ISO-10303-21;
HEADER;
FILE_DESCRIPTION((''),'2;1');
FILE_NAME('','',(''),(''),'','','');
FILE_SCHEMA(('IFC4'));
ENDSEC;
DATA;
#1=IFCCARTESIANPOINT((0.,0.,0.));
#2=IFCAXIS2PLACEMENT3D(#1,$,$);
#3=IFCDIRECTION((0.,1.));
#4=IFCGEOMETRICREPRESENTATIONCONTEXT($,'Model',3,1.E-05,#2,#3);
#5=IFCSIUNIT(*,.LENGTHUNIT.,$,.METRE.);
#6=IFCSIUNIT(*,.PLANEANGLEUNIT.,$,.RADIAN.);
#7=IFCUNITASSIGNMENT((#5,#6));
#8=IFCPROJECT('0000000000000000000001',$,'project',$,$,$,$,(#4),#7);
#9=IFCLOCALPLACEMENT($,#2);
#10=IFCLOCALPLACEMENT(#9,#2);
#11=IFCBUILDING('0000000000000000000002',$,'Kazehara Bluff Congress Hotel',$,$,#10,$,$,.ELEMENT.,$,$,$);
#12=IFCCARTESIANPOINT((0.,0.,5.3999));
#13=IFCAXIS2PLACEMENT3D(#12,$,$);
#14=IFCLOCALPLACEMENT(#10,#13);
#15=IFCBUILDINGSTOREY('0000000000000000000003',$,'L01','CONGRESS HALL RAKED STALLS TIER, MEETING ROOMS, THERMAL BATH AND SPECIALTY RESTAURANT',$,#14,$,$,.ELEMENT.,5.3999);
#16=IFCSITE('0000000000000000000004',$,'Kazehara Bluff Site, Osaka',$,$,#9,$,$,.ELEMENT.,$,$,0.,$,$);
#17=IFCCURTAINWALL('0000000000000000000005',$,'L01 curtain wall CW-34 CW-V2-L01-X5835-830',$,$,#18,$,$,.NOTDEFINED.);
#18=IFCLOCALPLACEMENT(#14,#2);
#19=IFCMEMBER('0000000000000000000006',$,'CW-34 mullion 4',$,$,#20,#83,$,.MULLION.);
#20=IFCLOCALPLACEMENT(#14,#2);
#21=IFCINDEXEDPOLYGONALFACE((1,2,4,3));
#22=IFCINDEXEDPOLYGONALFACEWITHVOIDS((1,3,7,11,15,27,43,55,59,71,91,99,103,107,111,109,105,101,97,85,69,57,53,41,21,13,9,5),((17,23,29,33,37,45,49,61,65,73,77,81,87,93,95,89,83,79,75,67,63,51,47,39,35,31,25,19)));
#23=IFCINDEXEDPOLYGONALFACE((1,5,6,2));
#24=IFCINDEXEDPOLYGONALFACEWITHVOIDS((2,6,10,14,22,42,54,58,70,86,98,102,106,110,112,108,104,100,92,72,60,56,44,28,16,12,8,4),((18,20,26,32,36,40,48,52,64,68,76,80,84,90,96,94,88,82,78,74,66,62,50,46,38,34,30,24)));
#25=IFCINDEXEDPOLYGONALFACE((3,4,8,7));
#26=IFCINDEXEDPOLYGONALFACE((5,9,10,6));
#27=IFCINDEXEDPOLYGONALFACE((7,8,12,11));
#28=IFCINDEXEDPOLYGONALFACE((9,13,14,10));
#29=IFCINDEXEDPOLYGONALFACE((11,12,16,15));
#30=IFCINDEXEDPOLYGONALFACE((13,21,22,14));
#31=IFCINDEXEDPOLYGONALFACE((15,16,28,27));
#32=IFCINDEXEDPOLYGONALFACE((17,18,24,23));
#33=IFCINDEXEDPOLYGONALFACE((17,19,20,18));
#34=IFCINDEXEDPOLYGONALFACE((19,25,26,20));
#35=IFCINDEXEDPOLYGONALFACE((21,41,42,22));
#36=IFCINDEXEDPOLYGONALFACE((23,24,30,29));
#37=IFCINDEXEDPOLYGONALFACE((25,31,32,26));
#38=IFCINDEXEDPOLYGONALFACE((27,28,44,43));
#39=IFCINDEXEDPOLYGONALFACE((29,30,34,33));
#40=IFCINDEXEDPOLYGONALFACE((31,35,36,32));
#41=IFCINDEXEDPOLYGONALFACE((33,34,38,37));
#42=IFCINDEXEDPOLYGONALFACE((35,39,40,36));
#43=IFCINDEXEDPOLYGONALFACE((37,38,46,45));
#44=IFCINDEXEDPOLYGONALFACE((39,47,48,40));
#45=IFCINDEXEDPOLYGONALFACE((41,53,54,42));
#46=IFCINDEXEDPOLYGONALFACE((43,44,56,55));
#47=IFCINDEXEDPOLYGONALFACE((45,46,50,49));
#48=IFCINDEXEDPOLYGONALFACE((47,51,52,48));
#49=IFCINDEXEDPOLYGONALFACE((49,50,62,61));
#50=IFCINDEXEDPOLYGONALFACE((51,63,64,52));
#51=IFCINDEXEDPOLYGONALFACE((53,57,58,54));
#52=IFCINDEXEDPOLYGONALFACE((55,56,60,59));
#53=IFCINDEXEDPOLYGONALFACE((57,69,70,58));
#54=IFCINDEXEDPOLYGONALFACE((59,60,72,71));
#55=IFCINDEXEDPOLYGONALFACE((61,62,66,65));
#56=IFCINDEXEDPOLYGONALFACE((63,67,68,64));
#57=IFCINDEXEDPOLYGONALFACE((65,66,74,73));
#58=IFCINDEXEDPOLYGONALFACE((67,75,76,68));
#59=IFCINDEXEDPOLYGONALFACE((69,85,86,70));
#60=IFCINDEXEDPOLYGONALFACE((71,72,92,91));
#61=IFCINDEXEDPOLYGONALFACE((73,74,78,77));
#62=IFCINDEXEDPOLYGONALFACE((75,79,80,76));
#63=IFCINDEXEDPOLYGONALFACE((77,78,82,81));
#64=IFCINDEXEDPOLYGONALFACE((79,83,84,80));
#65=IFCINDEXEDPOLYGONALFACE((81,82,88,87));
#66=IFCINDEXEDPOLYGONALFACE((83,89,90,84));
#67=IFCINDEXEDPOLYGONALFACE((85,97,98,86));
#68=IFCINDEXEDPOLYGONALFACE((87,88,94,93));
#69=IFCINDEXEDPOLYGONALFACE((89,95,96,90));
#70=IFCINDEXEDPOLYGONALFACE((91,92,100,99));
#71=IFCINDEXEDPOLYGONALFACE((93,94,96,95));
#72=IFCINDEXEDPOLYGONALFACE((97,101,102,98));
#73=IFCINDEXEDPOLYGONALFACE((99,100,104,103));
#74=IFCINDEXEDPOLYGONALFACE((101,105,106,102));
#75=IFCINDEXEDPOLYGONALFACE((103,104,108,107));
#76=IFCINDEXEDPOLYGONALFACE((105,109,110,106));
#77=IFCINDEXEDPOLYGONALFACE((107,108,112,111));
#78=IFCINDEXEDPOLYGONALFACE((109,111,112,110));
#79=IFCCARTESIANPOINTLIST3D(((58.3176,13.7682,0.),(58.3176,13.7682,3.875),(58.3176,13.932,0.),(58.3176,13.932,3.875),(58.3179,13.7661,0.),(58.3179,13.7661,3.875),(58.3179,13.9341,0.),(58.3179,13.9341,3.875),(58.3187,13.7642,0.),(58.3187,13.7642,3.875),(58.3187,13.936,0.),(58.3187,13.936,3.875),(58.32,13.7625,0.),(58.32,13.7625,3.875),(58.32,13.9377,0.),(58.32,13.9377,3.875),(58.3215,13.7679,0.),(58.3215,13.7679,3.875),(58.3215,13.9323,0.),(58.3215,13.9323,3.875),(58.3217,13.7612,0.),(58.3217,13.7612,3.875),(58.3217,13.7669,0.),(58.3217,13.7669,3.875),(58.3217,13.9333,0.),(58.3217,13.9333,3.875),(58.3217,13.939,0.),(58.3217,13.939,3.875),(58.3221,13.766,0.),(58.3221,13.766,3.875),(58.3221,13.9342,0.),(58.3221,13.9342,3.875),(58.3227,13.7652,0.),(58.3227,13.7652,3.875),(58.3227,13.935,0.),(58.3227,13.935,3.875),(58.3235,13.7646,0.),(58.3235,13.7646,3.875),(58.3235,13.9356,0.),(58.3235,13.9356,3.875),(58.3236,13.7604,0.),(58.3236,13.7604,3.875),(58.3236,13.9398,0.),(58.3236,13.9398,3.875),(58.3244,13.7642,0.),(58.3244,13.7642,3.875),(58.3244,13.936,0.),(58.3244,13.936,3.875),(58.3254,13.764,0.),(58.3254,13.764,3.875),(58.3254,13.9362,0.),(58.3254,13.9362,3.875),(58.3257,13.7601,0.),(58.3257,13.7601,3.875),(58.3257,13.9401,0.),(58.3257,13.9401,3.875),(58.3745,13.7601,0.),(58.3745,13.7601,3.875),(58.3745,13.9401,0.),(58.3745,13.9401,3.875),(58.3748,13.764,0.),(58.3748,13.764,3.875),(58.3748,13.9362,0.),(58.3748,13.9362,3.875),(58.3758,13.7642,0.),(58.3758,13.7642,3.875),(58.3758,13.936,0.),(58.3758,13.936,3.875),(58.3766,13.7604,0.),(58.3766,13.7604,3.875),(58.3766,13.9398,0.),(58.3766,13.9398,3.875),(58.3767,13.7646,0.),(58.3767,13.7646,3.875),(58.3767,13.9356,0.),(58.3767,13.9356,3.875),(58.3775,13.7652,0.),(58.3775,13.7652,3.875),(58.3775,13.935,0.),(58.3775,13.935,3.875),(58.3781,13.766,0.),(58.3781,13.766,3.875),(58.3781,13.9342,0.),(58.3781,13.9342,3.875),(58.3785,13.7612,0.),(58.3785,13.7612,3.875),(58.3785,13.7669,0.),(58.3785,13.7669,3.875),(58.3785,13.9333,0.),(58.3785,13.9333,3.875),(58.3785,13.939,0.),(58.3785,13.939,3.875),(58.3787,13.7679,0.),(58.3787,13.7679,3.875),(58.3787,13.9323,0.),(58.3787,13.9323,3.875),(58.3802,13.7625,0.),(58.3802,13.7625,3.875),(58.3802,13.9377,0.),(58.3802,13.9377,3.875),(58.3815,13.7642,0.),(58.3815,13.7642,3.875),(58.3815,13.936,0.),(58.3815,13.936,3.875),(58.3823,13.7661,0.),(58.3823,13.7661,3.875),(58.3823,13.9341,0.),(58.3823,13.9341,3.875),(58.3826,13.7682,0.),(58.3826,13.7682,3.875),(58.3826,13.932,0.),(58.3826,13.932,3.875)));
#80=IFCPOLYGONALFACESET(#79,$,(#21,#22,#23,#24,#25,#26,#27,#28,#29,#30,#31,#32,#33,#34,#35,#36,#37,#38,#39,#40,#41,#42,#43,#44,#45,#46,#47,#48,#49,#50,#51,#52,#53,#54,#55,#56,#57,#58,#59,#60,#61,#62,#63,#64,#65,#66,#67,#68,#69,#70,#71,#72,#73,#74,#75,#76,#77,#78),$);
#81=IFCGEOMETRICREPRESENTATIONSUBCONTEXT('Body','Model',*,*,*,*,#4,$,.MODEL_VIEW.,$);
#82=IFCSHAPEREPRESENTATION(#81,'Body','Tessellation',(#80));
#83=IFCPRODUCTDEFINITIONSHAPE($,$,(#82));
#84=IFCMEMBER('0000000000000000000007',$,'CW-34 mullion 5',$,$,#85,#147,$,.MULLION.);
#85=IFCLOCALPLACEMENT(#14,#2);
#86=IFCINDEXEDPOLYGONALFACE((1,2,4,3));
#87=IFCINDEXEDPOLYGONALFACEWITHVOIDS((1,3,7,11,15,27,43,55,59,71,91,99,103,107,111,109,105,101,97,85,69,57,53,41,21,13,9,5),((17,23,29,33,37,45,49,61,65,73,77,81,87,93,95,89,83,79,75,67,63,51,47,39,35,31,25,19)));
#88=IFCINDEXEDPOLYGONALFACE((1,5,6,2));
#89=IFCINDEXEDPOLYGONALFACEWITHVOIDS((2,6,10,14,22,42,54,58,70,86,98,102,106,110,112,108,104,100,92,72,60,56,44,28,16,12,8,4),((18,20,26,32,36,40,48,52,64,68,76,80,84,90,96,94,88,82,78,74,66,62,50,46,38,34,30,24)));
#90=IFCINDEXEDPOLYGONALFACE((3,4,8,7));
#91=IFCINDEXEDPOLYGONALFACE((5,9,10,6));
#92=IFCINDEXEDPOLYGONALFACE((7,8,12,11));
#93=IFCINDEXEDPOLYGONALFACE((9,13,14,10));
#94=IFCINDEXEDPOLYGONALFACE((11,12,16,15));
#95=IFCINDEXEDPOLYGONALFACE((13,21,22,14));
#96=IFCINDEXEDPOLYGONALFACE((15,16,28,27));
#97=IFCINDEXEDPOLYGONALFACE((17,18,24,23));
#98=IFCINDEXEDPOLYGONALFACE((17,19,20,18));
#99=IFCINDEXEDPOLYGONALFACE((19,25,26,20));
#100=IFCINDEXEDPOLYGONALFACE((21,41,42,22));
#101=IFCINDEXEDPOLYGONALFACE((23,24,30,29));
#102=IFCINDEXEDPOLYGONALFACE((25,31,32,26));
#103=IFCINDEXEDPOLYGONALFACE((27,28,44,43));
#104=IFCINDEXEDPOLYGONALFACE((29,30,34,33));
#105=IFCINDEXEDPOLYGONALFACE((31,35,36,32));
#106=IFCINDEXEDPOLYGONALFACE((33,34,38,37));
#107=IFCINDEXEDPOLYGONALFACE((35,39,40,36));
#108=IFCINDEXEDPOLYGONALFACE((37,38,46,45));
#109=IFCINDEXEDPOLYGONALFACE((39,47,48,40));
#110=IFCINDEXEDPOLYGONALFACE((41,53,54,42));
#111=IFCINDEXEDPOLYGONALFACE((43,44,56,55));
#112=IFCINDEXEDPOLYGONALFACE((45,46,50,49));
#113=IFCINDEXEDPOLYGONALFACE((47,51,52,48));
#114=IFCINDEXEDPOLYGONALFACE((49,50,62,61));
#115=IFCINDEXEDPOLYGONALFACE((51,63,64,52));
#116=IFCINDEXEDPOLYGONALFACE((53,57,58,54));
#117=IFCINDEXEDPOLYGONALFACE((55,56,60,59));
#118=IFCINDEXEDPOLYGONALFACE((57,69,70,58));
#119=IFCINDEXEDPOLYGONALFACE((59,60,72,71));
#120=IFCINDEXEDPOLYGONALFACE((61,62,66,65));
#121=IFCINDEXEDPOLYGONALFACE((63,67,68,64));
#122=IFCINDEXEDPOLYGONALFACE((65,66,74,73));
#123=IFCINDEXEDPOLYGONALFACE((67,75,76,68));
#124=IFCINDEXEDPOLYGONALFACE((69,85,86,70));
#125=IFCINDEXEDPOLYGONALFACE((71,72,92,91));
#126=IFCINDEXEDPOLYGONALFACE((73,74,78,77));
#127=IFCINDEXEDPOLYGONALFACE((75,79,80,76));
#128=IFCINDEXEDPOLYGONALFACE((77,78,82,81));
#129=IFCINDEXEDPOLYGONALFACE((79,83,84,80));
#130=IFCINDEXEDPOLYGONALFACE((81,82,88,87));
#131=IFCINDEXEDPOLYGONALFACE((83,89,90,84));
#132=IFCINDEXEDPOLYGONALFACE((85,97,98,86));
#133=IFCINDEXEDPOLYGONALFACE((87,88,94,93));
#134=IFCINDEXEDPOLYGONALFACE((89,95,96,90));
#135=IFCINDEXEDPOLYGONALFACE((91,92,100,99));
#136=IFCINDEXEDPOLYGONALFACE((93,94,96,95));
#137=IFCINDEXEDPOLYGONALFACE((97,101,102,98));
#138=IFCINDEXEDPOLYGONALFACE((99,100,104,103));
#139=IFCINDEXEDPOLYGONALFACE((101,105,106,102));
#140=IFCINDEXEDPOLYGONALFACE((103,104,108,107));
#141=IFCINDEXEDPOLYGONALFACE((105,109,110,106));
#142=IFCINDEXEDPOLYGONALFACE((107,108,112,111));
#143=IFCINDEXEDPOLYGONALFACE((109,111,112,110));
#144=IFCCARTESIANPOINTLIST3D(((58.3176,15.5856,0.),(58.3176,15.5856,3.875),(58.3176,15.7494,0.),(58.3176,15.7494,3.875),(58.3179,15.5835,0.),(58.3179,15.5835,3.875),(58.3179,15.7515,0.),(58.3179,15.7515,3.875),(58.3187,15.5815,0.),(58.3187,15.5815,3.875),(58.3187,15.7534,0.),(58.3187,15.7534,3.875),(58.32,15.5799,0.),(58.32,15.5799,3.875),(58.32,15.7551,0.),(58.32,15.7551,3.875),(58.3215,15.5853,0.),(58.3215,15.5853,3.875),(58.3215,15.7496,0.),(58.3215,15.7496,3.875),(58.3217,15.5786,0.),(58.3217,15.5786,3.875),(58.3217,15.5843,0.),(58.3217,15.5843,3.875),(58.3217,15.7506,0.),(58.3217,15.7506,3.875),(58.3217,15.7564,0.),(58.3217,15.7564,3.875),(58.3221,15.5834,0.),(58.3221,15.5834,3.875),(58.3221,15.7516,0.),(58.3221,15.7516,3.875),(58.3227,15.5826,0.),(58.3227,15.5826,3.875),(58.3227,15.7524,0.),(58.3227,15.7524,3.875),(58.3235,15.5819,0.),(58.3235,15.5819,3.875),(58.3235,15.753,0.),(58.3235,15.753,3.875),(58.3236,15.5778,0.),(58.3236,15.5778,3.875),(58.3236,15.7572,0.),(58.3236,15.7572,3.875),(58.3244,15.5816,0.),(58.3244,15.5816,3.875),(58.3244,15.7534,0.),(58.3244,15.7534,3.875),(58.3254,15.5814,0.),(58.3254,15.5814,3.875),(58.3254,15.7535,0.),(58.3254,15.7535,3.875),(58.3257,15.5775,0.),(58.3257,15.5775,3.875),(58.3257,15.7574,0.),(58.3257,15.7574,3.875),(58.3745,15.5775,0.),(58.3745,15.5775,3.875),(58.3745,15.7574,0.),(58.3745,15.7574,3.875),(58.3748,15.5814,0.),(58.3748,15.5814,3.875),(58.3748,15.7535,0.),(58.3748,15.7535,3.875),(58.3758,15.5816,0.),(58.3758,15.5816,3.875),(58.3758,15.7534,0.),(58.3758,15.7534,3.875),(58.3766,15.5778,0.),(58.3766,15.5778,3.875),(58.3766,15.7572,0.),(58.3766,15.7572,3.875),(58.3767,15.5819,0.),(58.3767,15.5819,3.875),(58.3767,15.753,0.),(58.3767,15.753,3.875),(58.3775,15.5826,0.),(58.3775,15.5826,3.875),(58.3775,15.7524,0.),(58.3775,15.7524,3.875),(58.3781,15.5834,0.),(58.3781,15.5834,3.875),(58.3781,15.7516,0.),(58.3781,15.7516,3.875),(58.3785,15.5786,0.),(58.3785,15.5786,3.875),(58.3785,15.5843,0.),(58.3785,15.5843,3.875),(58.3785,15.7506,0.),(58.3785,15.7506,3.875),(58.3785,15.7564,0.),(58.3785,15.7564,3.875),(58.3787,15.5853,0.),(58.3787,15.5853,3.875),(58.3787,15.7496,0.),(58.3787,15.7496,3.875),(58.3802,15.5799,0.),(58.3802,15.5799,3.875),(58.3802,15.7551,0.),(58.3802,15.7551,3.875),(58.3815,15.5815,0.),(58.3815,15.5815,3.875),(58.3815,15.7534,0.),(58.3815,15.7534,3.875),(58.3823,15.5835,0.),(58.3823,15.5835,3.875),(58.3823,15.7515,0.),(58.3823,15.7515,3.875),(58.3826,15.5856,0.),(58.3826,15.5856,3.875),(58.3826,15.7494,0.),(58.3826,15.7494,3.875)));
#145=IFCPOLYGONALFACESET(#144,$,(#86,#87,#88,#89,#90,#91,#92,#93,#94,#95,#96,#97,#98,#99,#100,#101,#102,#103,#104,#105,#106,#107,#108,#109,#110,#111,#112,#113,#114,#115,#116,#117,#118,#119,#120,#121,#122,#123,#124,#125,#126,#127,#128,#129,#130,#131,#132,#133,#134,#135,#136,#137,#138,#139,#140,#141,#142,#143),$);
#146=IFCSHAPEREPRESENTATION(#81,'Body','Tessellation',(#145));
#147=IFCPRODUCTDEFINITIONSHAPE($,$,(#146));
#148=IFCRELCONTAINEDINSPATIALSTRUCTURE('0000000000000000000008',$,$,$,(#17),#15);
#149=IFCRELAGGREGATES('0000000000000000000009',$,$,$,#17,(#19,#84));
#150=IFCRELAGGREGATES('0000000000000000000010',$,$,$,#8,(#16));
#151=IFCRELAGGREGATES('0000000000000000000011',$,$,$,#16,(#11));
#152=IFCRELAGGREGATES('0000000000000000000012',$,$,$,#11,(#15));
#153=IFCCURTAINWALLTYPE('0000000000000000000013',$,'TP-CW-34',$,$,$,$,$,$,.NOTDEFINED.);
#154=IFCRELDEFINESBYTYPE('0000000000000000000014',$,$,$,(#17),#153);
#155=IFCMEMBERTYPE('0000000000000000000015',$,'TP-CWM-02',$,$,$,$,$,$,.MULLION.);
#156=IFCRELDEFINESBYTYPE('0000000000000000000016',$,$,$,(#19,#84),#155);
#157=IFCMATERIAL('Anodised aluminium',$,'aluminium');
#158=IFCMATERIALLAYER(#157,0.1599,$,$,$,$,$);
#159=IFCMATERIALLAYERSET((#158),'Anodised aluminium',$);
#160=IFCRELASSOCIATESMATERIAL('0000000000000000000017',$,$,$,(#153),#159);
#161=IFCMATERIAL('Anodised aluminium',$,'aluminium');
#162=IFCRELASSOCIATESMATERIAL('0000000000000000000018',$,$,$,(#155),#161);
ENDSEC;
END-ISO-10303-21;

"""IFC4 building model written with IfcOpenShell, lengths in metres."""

from ifc_helpers import new_model, si_unit, direction, frame, origin, origin_2d, place, context, subcontext, project, spatial, hollow_rectangle, extrude, material, layer, layer_set, material_profile, profile_set, type_object, element, aggregate, save


model = new_model("IFC4")

# Units and contexts
model_context = context("Model", 3, precision=1e-05, world=origin(), true_north=direction((0.0, 1.0)))
body_context = subcontext(model_context, "Body", "Model", "MODEL_VIEW")
ifc_project = project(units=[si_unit("LENGTHUNIT", "METRE"), si_unit("PLANEANGLEUNIT", "RADIAN")], contexts=[model_context])

# Site, building, storey
site_placement = place(None, origin())
site = spatial("IfcSite", under=ifc_project, at=site_placement, Name="Kazehara Bluff Site, Osaka", CompositionType="ELEMENT", RefElevation=0.0)
building_placement = place(site_placement, origin())
building = spatial("IfcBuilding", under=site, at=building_placement, Name="Kazehara Bluff Congress Hotel", CompositionType="ELEMENT")
storey_placement = place(building_placement, frame((0.0, 0.0, 5.3999)))
storey = spatial("IfcBuildingStorey", under=building, at=storey_placement, Name="L01", Description="CONGRESS HALL RAKED STALLS TIER, MEETING ROOMS, THERMAL BATH AND SPECIALTY RESTAURANT", CompositionType="ELEMENT", Elevation=5.3999)

# Curtain wall, members
ifc_material_1 = material(Name="Anodised aluminium", Category="aluminium")
ifc_layer_1 = layer(ifc_material_1, 0.1599)
ifc_layer_set_1 = layer_set([ifc_layer_1], Name="Anodised aluminium")
curtain_wall_type = type_object("IfcCurtainWallType", Name="TP-CW-34", PredefinedType="NOTDEFINED", material=ifc_layer_set_1)
curtain_wall_1_placement = place(storey_placement, origin())
curtain_wall_1 = element("IfcCurtainWall", 1, at=curtain_wall_1_placement, inside=storey, type_object=curtain_wall_type, Name="L01 curtain wall CW-34 CW-V2-L01-X5835-830", PredefinedType="NOTDEFINED")
ifc_material_2 = material(Name="Anodised aluminium", Category="aluminium")
ifc_material_profile_1 = material_profile(ifc_material_2, hollow_rectangle(XDim=0.0649, YDim=0.1799, WallThickness=0.0039, InnerFilletRadius=0.0039, OuterFilletRadius=0.0081, at=origin_2d()))
ifc_profile_set_1 = profile_set([ifc_material_profile_1], Name="Anodised aluminium")
member_type_1 = type_object("IfcMemberType", Name="TP-CWM-02", PredefinedType="MULLION", material=ifc_profile_set_1)
member_1_placement = place(storey_placement, frame((58.3501, 13.8501, 0.0), z_axis=(0.0, 0.0, 1.0), x_axis=(-1.0, 0.0, 0.0)))
member_1 = element("IfcMember", 2, at=member_1_placement, type_object=member_type_1, Name="CW-34 mullion 4", PredefinedType="MULLION", context=body_context, shape_type="SweptSolid", body=[
    extrude(hollow_rectangle(XDim=0.0649, YDim=0.1799, WallThickness=0.0039, InnerFilletRadius=0.0039, OuterFilletRadius=0.0081, at=origin_2d()), origin(), (0.0, 0.0, 1.0), 3.875),
])
member_2_placement = place(storey_placement, frame((58.3501, 15.6675, 0.0), z_axis=(0.0, 0.0, 1.0), x_axis=(-1.0, 0.0, 0.0)))
member_2 = element("IfcMember", 3, at=member_2_placement, type_object=member_type_1, Name="CW-34 mullion 5", PredefinedType="MULLION", context=body_context, shape_type="SweptSolid", body=[
    extrude(hollow_rectangle(XDim=0.0649, YDim=0.1799, WallThickness=0.0039, InnerFilletRadius=0.0039, OuterFilletRadius=0.0081, at=origin_2d()), origin(), (0.0, 0.0, 1.0), 3.875),
])

aggregate(curtain_wall_1, [member_1, member_2])

save(model, "model.ifc")
